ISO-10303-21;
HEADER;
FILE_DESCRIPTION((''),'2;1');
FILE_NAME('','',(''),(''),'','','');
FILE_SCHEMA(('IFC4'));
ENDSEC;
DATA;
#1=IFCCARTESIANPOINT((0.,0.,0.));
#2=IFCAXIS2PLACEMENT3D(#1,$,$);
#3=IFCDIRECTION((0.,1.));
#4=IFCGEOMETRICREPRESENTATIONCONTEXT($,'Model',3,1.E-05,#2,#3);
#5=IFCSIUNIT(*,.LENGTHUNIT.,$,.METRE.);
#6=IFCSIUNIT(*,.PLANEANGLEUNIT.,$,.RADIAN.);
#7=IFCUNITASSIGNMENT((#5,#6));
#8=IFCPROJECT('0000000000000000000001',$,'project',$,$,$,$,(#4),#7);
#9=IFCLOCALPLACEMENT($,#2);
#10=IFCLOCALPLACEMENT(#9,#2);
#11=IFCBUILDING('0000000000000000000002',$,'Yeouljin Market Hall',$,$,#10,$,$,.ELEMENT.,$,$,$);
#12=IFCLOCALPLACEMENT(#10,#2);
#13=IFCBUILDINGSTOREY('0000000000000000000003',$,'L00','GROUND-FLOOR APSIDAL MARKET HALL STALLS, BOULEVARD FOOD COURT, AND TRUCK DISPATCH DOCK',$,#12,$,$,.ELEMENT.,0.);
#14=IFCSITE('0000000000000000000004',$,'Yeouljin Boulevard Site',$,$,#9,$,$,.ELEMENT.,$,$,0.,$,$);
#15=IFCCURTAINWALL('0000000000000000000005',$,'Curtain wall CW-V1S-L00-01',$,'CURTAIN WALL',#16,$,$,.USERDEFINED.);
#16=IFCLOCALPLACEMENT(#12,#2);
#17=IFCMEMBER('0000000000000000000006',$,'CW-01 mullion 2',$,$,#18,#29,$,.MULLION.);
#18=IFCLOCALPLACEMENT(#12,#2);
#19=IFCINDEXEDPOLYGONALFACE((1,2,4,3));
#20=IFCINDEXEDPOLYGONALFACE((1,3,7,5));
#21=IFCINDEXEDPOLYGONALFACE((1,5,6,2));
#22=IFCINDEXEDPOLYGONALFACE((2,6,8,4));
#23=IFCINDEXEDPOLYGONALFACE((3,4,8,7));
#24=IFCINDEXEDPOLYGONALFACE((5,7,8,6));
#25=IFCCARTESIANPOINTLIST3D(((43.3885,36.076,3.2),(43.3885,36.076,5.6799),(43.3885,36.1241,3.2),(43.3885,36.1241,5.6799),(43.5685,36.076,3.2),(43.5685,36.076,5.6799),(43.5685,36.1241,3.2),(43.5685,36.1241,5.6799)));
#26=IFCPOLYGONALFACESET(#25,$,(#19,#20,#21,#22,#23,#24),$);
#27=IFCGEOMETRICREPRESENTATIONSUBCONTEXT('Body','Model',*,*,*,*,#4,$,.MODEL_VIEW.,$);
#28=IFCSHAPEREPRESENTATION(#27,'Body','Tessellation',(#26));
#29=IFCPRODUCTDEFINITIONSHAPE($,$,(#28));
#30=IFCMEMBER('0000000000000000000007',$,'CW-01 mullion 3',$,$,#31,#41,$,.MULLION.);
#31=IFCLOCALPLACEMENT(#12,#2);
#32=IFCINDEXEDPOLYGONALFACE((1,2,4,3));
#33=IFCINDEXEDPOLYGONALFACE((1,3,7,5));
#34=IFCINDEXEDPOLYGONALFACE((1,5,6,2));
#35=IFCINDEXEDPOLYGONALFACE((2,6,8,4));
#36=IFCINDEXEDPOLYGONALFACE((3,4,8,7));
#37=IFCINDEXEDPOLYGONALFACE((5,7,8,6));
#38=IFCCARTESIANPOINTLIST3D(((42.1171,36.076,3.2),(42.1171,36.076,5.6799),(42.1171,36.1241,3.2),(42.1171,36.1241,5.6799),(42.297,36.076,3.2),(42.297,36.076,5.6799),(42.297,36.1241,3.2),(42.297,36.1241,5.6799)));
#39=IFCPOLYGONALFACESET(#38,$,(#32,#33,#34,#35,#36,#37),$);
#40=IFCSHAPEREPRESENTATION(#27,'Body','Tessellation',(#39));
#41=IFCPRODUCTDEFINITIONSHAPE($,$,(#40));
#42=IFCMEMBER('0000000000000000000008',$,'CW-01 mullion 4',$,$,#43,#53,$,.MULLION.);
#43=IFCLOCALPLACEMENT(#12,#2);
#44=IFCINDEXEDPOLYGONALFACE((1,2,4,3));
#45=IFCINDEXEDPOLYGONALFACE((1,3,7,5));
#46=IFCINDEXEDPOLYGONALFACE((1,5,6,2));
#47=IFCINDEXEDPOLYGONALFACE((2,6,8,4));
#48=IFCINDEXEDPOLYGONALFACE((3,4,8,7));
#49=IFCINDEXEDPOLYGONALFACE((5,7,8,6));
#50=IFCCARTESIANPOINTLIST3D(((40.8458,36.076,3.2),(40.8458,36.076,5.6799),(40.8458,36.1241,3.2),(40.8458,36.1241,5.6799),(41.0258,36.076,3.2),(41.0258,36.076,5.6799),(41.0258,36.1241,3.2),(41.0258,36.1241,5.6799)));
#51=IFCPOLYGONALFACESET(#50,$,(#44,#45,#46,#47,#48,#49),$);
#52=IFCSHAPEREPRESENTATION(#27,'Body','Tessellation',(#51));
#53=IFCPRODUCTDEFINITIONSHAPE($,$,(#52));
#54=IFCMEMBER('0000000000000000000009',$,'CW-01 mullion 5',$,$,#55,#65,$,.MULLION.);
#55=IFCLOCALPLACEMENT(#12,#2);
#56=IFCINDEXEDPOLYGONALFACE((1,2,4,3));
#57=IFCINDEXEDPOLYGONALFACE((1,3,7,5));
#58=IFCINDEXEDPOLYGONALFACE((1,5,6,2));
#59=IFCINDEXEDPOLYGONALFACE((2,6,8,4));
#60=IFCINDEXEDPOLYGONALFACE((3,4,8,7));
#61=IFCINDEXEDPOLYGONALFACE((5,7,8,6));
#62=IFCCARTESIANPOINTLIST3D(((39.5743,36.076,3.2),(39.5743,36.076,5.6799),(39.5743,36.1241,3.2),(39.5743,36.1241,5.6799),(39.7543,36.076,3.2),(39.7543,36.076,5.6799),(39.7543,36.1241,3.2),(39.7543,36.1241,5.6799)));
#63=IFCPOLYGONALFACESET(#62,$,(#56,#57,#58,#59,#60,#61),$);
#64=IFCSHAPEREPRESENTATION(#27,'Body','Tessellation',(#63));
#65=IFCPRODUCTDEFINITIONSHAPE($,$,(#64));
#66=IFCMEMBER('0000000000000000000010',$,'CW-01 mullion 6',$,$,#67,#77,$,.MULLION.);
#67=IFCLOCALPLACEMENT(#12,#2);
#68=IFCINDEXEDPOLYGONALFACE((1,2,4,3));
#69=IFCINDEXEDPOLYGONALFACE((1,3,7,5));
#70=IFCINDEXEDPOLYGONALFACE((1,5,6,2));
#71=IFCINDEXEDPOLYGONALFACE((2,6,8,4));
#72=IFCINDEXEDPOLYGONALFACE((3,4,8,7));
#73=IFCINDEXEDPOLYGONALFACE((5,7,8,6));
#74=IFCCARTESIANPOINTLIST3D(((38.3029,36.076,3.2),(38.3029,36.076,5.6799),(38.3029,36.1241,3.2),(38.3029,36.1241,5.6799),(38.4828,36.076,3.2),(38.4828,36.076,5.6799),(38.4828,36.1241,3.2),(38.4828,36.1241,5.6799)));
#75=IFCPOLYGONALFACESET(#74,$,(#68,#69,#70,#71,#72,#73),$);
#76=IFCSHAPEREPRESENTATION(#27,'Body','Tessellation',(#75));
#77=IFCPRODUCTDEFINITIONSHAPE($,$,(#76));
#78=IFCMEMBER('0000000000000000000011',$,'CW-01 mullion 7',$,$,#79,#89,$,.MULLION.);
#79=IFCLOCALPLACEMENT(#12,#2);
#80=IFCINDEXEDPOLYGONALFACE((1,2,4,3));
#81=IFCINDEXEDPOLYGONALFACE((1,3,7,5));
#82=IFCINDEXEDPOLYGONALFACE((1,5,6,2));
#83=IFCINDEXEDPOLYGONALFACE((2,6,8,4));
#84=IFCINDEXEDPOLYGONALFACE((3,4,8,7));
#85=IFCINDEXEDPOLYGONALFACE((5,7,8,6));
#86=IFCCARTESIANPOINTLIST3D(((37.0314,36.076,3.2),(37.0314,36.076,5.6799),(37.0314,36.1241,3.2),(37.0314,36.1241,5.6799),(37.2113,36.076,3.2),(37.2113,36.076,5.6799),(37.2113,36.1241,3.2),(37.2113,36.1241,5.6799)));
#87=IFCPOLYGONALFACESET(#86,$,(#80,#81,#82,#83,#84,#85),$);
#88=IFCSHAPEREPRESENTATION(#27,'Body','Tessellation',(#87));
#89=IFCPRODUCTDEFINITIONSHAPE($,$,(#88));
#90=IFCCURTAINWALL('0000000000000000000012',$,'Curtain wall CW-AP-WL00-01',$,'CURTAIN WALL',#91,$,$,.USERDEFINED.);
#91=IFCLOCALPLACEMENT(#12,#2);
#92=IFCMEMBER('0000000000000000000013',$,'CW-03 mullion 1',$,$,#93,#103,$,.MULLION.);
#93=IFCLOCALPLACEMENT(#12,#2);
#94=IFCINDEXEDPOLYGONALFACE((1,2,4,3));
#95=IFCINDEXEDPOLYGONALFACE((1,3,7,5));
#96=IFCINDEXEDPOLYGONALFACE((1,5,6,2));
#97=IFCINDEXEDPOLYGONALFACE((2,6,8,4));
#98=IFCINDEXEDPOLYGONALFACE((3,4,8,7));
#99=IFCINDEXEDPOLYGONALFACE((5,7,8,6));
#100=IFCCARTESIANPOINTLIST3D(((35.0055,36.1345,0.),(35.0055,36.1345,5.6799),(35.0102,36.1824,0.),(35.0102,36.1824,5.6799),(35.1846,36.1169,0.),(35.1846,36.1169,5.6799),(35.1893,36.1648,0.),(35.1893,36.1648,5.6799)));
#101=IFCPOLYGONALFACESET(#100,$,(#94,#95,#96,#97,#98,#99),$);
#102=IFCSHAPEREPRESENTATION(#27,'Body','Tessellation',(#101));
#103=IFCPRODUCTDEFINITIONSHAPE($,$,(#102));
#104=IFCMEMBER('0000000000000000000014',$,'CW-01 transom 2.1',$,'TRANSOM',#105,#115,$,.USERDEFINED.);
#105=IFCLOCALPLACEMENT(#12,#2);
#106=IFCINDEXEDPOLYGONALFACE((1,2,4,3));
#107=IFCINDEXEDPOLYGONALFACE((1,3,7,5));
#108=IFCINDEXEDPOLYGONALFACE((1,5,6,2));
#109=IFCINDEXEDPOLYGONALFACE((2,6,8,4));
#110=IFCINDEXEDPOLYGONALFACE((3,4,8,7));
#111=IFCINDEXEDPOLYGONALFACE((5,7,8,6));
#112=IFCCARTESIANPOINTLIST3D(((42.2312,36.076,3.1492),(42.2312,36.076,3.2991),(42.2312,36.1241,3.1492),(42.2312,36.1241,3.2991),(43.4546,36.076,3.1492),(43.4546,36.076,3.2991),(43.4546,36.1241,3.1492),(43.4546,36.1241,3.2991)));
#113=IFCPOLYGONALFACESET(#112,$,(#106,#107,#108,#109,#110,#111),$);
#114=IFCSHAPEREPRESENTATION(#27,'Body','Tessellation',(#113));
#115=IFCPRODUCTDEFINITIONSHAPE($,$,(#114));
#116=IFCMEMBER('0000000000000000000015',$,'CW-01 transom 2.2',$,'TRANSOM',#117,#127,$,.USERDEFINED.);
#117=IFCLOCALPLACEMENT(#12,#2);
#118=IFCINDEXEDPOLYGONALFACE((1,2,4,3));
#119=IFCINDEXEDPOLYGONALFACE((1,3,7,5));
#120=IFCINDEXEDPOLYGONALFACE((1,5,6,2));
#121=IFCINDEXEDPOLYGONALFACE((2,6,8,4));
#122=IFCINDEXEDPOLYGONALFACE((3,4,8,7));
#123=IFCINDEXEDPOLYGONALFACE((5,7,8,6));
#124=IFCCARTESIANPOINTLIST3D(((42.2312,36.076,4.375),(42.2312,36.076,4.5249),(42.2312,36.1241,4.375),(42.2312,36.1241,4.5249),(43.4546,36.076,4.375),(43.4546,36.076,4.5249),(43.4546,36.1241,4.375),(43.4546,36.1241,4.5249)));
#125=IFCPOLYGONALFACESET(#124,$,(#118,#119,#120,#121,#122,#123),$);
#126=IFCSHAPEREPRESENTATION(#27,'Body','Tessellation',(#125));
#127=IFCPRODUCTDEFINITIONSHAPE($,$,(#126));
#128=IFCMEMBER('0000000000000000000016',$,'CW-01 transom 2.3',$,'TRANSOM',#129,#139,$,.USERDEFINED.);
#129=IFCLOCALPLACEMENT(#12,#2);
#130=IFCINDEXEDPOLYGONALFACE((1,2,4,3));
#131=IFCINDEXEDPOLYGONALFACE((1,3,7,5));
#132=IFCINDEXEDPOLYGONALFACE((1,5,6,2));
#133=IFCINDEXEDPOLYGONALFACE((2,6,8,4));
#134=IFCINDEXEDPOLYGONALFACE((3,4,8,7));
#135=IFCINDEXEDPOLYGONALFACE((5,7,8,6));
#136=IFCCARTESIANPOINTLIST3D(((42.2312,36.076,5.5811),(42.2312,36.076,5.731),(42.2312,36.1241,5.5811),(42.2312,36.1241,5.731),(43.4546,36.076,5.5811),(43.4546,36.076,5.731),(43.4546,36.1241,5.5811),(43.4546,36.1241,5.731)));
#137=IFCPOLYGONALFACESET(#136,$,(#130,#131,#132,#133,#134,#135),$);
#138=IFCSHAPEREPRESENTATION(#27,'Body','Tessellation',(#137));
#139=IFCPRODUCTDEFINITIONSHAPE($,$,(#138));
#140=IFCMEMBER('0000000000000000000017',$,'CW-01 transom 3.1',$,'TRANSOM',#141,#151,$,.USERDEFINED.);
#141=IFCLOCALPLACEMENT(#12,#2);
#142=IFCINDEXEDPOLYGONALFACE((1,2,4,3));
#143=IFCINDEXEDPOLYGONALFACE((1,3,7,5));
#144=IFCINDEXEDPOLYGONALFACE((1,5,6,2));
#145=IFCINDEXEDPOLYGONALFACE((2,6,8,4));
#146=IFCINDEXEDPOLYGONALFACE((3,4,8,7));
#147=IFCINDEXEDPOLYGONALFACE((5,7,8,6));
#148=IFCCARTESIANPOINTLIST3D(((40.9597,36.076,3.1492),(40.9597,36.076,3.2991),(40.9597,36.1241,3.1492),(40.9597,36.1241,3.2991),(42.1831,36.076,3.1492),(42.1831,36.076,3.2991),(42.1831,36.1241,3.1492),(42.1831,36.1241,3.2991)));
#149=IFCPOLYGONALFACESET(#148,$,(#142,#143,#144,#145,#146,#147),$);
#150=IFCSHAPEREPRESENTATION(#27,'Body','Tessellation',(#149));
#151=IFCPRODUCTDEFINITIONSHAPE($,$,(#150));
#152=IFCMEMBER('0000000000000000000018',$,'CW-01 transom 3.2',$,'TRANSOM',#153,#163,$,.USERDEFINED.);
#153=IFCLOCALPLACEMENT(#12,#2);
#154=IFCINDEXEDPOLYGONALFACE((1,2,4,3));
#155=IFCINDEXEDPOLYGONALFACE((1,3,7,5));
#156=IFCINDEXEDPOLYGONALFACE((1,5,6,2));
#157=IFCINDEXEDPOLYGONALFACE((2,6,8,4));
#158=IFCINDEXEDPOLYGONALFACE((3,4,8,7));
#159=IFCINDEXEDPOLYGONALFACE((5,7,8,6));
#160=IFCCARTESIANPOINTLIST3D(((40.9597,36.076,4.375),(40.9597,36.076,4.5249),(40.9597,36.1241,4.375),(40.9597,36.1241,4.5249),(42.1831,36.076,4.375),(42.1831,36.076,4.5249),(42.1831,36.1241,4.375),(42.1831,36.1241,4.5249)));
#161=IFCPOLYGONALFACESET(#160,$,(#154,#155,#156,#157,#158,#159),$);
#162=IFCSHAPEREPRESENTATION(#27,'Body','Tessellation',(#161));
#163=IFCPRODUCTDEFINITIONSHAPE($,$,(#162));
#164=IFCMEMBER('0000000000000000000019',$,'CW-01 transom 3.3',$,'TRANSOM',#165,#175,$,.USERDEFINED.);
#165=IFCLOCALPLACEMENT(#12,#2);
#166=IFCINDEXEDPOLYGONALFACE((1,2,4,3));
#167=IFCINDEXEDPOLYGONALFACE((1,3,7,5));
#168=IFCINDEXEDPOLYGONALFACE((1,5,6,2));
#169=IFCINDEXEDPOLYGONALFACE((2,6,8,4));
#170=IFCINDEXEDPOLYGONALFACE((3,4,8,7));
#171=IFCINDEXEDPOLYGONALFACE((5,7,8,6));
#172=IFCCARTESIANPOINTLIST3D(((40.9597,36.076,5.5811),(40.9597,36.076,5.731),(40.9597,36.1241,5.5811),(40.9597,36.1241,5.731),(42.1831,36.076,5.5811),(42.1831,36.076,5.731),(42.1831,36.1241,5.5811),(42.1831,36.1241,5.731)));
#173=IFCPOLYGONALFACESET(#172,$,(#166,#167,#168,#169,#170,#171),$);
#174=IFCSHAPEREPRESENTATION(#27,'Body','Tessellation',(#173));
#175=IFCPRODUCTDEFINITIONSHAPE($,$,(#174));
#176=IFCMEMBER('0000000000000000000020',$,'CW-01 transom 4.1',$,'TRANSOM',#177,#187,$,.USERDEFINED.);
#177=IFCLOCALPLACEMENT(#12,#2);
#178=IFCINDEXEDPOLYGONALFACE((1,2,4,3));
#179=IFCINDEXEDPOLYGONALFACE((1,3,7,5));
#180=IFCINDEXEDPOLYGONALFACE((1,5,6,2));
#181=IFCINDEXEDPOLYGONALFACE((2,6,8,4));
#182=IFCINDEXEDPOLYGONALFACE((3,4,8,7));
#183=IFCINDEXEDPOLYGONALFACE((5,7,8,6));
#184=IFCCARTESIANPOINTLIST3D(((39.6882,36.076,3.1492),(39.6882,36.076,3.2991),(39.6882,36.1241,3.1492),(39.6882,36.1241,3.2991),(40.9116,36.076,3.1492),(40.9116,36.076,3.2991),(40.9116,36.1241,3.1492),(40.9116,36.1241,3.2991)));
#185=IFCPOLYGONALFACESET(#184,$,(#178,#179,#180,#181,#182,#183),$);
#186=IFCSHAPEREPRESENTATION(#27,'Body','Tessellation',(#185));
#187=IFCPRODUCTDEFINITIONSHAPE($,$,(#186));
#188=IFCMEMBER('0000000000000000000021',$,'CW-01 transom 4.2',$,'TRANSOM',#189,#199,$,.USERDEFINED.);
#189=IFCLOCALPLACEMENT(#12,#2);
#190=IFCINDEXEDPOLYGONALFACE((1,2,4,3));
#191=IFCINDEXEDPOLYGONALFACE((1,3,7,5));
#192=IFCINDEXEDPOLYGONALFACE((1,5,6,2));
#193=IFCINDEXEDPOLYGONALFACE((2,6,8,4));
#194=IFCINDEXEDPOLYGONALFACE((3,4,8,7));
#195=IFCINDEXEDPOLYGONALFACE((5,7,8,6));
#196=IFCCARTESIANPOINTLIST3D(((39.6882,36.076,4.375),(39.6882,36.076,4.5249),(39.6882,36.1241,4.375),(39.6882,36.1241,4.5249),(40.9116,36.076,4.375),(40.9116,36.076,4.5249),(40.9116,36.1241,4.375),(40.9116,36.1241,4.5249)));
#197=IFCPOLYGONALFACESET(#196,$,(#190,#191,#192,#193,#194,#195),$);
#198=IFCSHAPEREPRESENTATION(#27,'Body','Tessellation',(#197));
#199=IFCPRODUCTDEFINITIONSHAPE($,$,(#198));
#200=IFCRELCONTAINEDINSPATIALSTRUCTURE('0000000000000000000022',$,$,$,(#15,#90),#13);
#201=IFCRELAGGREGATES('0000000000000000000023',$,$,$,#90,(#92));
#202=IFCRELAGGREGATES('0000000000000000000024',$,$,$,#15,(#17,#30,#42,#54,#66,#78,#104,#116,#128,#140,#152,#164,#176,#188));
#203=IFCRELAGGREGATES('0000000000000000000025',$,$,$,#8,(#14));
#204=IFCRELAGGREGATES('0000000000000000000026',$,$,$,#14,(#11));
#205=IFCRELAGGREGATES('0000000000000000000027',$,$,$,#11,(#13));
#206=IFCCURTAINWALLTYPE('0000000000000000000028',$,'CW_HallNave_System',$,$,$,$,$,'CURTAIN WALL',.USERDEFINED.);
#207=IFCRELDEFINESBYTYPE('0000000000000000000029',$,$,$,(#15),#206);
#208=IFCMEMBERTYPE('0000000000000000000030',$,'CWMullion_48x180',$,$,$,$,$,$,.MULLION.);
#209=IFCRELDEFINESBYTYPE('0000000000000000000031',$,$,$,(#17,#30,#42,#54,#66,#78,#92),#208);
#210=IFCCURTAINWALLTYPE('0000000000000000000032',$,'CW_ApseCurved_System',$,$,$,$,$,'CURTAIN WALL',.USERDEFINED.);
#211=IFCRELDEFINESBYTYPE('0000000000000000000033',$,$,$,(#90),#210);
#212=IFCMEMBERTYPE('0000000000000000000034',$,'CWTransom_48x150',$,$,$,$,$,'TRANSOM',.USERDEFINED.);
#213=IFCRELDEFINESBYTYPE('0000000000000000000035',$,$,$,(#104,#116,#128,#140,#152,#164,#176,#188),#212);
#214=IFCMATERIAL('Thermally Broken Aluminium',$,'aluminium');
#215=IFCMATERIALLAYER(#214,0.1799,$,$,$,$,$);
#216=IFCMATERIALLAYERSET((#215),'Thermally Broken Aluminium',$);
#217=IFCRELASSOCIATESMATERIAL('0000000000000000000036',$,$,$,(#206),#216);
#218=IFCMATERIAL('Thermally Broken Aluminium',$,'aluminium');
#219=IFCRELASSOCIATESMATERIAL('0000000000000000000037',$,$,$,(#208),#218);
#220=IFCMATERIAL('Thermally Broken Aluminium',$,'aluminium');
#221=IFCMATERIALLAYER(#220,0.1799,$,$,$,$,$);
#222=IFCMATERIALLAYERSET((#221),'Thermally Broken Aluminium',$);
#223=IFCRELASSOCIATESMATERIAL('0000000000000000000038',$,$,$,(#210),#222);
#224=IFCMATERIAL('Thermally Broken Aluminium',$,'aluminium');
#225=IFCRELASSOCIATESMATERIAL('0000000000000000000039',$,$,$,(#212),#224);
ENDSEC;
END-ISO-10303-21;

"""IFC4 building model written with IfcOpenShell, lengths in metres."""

from ifc_helpers import new_model, si_unit, direction, frame, origin, origin_2d, place, context, subcontext, project, spatial, rectangle, extrude, material, layer, layer_set, material_profile, profile_set, type_object, element, aggregate, save


model = new_model("IFC4")

# Units and contexts
model_context = context("Model", 3, precision=1e-05, world=origin(), true_north=direction((0.0, 1.0)))
body_context = subcontext(model_context, "Body", "Model", "MODEL_VIEW")
ifc_project = project(units=[si_unit("LENGTHUNIT", "METRE"), si_unit("PLANEANGLEUNIT", "RADIAN")], contexts=[model_context])

# Site, building, storey
site_placement = place(None, origin())
site = spatial("IfcSite", under=ifc_project, at=site_placement, Name="Yeouljin Boulevard Site", CompositionType="ELEMENT", RefElevation=0.0)
building_placement = place(site_placement, origin())
building = spatial("IfcBuilding", under=site, at=building_placement, Name="Yeouljin Market Hall", CompositionType="ELEMENT")
storey_placement = place(building_placement, origin())
storey = spatial("IfcBuildingStorey", under=building, at=storey_placement, Name="L00", Description="GROUND-FLOOR APSIDAL MARKET HALL STALLS, BOULEVARD FOOD COURT, AND TRUCK DISPATCH DOCK", CompositionType="ELEMENT", Elevation=0.0)

# Curtain wall, members
ifc_material_1 = material(Name="Thermally Broken Aluminium", Category="aluminium")
ifc_layer_1 = layer(ifc_material_1, 0.1799)
ifc_layer_set_1 = layer_set([ifc_layer_1], Name="Thermally Broken Aluminium")
curtain_wall_type_1 = type_object("IfcCurtainWallType", Name="CW_HallNave_System", ElementType="CURTAIN WALL", PredefinedType="USERDEFINED", material=ifc_layer_set_1)
curtain_wall_1_placement = place(storey_placement, origin())
curtain_wall_1 = element("IfcCurtainWall", 1, at=curtain_wall_1_placement, inside=storey, type_object=curtain_wall_type_1, Name="Curtain wall CW-V1S-L00-01", ObjectType="CURTAIN WALL", PredefinedType="USERDEFINED")
ifc_material_2 = material(Name="Thermally Broken Aluminium", Category="aluminium")
ifc_material_profile_1 = material_profile(ifc_material_2, rectangle(XDim=0.0481, YDim=0.1799, at=origin_2d()), Name="CW-MULL-48x180")
ifc_profile_set_1 = profile_set([ifc_material_profile_1], Name="Thermally Broken Aluminium")
member_type_1 = type_object("IfcMemberType", Name="CWMullion_48x180", PredefinedType="MULLION", material=ifc_profile_set_1)
member_1_placement = place(storey_placement, frame((43.4785, 36.1001, 3.2), z_axis=(0.0, 0.0, 1.0), x_axis=(0.0, -1.0, 0.0)))
member_1 = element("IfcMember", 2, at=member_1_placement, type_object=member_type_1, Name="CW-01 mullion 2", PredefinedType="MULLION", context=body_context, shape_type="SweptSolid", body=[
    extrude(rectangle(XDim=0.0481, YDim=0.1799, at=origin_2d()), origin(), (0.0, 0.0, 1.0), 2.48),
])
member_2_placement = place(storey_placement, frame((42.207, 36.1001, 3.2), z_axis=(0.0, 0.0, 1.0), x_axis=(0.0, -1.0, 0.0)))
member_2 = element("IfcMember", 3, at=member_2_placement, type_object=member_type_1, Name="CW-01 mullion 3", PredefinedType="MULLION", context=body_context, shape_type="SweptSolid", body=[
    extrude(rectangle(XDim=0.0481, YDim=0.1799, at=origin_2d()), origin(), (0.0, 0.0, 1.0), 2.48),
])
member_3_placement = place(storey_placement, frame((40.9358, 36.1001, 3.2), z_axis=(0.0, 0.0, 1.0), x_axis=(0.0, -1.0, 0.0)))
member_3 = element("IfcMember", 4, at=member_3_placement, type_object=member_type_1, Name="CW-01 mullion 4", PredefinedType="MULLION", context=body_context, shape_type="SweptSolid", body=[
    extrude(rectangle(XDim=0.0481, YDim=0.1799, at=origin_2d()), origin(), (0.0, 0.0, 1.0), 2.48),
])
member_4_placement = place(storey_placement, frame((39.6643, 36.1001, 3.2), z_axis=(0.0, 0.0, 1.0), x_axis=(0.0, -1.0, 0.0)))
member_4 = element("IfcMember", 5, at=member_4_placement, type_object=member_type_1, Name="CW-01 mullion 5", PredefinedType="MULLION", context=body_context, shape_type="SweptSolid", body=[
    extrude(rectangle(XDim=0.0481, YDim=0.1799, at=origin_2d()), origin(), (0.0, 0.0, 1.0), 2.48),
])
member_5_placement = place(storey_placement, frame((38.3928, 36.1001, 3.2), z_axis=(0.0, 0.0, 1.0), x_axis=(0.0, -1.0, 0.0)))
member_5 = element("IfcMember", 6, at=member_5_placement, type_object=member_type_1, Name="CW-01 mullion 6", PredefinedType="MULLION", context=body_context, shape_type="SweptSolid", body=[
    extrude(rectangle(XDim=0.0481, YDim=0.1799, at=origin_2d()), origin(), (0.0, 0.0, 1.0), 2.48),
])
member_6_placement = place(storey_placement, frame((37.1213, 36.1001, 3.2), z_axis=(0.0, 0.0, 1.0), x_axis=(0.0, -1.0, 0.0)))
member_6 = element("IfcMember", 7, at=member_6_placement, type_object=member_type_1, Name="CW-01 mullion 7", PredefinedType="MULLION", context=body_context, shape_type="SweptSolid", body=[
    extrude(rectangle(XDim=0.0481, YDim=0.1799, at=origin_2d()), origin(), (0.0, 0.0, 1.0), 2.48),
])

# Curtain wall, member
ifc_material_3 = material(Name="Thermally Broken Aluminium", Category="aluminium")
ifc_layer_2 = layer(ifc_material_3, 0.1799)
ifc_layer_set_2 = layer_set([ifc_layer_2], Name="Thermally Broken Aluminium")
curtain_wall_type_2 = type_object("IfcCurtainWallType", Name="CW_ApseCurved_System", ElementType="CURTAIN WALL", PredefinedType="USERDEFINED", material=ifc_layer_set_2)
curtain_wall_2_placement = place(storey_placement, origin())
curtain_wall_2 = element("IfcCurtainWall", 8, at=curtain_wall_2_placement, inside=storey, type_object=curtain_wall_type_2, Name="Curtain wall CW-AP-WL00-01", ObjectType="CURTAIN WALL", PredefinedType="USERDEFINED")
member_7_placement = place(storey_placement, frame((35.0974, 36.1497, 0.0), z_axis=(0.0, 0.0, 1.0), x_axis=(-0.098034, -0.995183, 0.0)))
member_7 = element("IfcMember", 9, at=member_7_placement, type_object=member_type_1, Name="CW-03 mullion 1", PredefinedType="MULLION", context=body_context, shape_type="SweptSolid", body=[
    extrude(rectangle(XDim=0.0481, YDim=0.1799, at=origin_2d()), origin(), (0.0, 0.0, 1.0), 5.6799),
])

# Members
ifc_material_4 = material(Name="Thermally Broken Aluminium", Category="aluminium")
ifc_material_profile_2 = material_profile(ifc_material_4, rectangle(XDim=0.0481, YDim=0.1499, at=origin_2d()), Name="CW-TRAN-48x150")
ifc_profile_set_2 = profile_set([ifc_material_profile_2], Name="Thermally Broken Aluminium")
member_type_2 = type_object("IfcMemberType", Name="CWTransom_48x150", ElementType="TRANSOM", PredefinedType="USERDEFINED", material=ifc_profile_set_2)
member_8_placement = place(storey_placement, frame((43.4546, 36.1001, 3.2241), z_axis=(-1.0, 0.0, 0.0), x_axis=(0.0, -1.0, 0.0)))
member_8 = element("IfcMember", 10, at=member_8_placement, type_object=member_type_2, Name="CW-01 transom 2.1", ObjectType="TRANSOM", PredefinedType="USERDEFINED", context=body_context, shape_type="SweptSolid", body=[
    extrude(rectangle(XDim=0.0481, YDim=0.1499, at=origin_2d()), origin(), (0.0, 0.0, 1.0), 1.2234),
])
member_9_placement = place(storey_placement, frame((43.4546, 36.1001, 4.45), z_axis=(-1.0, 0.0, 0.0), x_axis=(0.0, -1.0, 0.0)))
member_9 = element("IfcMember", 11, at=member_9_placement, type_object=member_type_2, Name="CW-01 transom 2.2", ObjectType="TRANSOM", PredefinedType="USERDEFINED", context=body_context, shape_type="SweptSolid", body=[
    extrude(rectangle(XDim=0.0481, YDim=0.1499, at=origin_2d()), origin(), (0.0, 0.0, 1.0), 1.2234),
])
member_10_placement = place(storey_placement, frame((43.4546, 36.1001, 5.656), z_axis=(-1.0, 0.0, 0.0), x_axis=(0.0, -1.0, 0.0)))
member_10 = element("IfcMember", 12, at=member_10_placement, type_object=member_type_2, Name="CW-01 transom 2.3", ObjectType="TRANSOM", PredefinedType="USERDEFINED", context=body_context, shape_type="SweptSolid", body=[
    extrude(rectangle(XDim=0.0481, YDim=0.1499, at=origin_2d()), origin(), (0.0, 0.0, 1.0), 1.2234),
])
member_11_placement = place(storey_placement, frame((42.1831, 36.1001, 3.2241), z_axis=(-1.0, 0.0, 0.0), x_axis=(0.0, -1.0, 0.0)))
member_11 = element("IfcMember", 13, at=member_11_placement, type_object=member_type_2, Name="CW-01 transom 3.1", ObjectType="TRANSOM", PredefinedType="USERDEFINED", context=body_context, shape_type="SweptSolid", body=[
    extrude(rectangle(XDim=0.0481, YDim=0.1499, at=origin_2d()), origin(), (0.0, 0.0, 1.0), 1.2234),
])
member_12_placement = place(storey_placement, frame((42.1831, 36.1001, 4.45), z_axis=(-1.0, 0.0, 0.0), x_axis=(0.0, -1.0, 0.0)))
member_12 = element("IfcMember", 14, at=member_12_placement, type_object=member_type_2, Name="CW-01 transom 3.2", ObjectType="TRANSOM", PredefinedType="USERDEFINED", context=body_context, shape_type="SweptSolid", body=[
    extrude(rectangle(XDim=0.0481, YDim=0.1499, at=origin_2d()), origin(), (0.0, 0.0, 1.0), 1.2234),
])
member_13_placement = place(storey_placement, frame((42.1831, 36.1001, 5.656), z_axis=(-1.0, 0.0, 0.0), x_axis=(0.0, -1.0, 0.0)))
member_13 = element("IfcMember", 15, at=member_13_placement, type_object=member_type_2, Name="CW-01 transom 3.3", ObjectType="TRANSOM", PredefinedType="USERDEFINED", context=body_context, shape_type="SweptSolid", body=[
    extrude(rectangle(XDim=0.0481, YDim=0.1499, at=origin_2d()), origin(), (0.0, 0.0, 1.0), 1.2234),
])
member_14_placement = place(storey_placement, frame((40.9116, 36.1001, 3.2241), z_axis=(-1.0, 0.0, 0.0), x_axis=(0.0, -1.0, 0.0)))
member_14 = element("IfcMember", 16, at=member_14_placement, type_object=member_type_2, Name="CW-01 transom 4.1", ObjectType="TRANSOM", PredefinedType="USERDEFINED", context=body_context, shape_type="SweptSolid", body=[
    extrude(rectangle(XDim=0.0481, YDim=0.1499, at=origin_2d()), origin(), (0.0, 0.0, 1.0), 1.2234),
])
member_15_placement = place(storey_placement, frame((40.9116, 36.1001, 4.45), z_axis=(-1.0, 0.0, 0.0), x_axis=(0.0, -1.0, 0.0)))
member_15 = element("IfcMember", 17, at=member_15_placement, type_object=member_type_2, Name="CW-01 transom 4.2", ObjectType="TRANSOM", PredefinedType="USERDEFINED", context=body_context, shape_type="SweptSolid", body=[
    extrude(rectangle(XDim=0.0481, YDim=0.1499, at=origin_2d()), origin(), (0.0, 0.0, 1.0), 1.2234),
])
aggregate(curtain_wall_2, [member_7])

aggregate(curtain_wall_1, [member_1, member_2, member_3, member_4, member_5, member_6, member_8, member_9, member_10, member_11, member_12, member_13, member_14, member_15])

save(model, "model.ifc")
